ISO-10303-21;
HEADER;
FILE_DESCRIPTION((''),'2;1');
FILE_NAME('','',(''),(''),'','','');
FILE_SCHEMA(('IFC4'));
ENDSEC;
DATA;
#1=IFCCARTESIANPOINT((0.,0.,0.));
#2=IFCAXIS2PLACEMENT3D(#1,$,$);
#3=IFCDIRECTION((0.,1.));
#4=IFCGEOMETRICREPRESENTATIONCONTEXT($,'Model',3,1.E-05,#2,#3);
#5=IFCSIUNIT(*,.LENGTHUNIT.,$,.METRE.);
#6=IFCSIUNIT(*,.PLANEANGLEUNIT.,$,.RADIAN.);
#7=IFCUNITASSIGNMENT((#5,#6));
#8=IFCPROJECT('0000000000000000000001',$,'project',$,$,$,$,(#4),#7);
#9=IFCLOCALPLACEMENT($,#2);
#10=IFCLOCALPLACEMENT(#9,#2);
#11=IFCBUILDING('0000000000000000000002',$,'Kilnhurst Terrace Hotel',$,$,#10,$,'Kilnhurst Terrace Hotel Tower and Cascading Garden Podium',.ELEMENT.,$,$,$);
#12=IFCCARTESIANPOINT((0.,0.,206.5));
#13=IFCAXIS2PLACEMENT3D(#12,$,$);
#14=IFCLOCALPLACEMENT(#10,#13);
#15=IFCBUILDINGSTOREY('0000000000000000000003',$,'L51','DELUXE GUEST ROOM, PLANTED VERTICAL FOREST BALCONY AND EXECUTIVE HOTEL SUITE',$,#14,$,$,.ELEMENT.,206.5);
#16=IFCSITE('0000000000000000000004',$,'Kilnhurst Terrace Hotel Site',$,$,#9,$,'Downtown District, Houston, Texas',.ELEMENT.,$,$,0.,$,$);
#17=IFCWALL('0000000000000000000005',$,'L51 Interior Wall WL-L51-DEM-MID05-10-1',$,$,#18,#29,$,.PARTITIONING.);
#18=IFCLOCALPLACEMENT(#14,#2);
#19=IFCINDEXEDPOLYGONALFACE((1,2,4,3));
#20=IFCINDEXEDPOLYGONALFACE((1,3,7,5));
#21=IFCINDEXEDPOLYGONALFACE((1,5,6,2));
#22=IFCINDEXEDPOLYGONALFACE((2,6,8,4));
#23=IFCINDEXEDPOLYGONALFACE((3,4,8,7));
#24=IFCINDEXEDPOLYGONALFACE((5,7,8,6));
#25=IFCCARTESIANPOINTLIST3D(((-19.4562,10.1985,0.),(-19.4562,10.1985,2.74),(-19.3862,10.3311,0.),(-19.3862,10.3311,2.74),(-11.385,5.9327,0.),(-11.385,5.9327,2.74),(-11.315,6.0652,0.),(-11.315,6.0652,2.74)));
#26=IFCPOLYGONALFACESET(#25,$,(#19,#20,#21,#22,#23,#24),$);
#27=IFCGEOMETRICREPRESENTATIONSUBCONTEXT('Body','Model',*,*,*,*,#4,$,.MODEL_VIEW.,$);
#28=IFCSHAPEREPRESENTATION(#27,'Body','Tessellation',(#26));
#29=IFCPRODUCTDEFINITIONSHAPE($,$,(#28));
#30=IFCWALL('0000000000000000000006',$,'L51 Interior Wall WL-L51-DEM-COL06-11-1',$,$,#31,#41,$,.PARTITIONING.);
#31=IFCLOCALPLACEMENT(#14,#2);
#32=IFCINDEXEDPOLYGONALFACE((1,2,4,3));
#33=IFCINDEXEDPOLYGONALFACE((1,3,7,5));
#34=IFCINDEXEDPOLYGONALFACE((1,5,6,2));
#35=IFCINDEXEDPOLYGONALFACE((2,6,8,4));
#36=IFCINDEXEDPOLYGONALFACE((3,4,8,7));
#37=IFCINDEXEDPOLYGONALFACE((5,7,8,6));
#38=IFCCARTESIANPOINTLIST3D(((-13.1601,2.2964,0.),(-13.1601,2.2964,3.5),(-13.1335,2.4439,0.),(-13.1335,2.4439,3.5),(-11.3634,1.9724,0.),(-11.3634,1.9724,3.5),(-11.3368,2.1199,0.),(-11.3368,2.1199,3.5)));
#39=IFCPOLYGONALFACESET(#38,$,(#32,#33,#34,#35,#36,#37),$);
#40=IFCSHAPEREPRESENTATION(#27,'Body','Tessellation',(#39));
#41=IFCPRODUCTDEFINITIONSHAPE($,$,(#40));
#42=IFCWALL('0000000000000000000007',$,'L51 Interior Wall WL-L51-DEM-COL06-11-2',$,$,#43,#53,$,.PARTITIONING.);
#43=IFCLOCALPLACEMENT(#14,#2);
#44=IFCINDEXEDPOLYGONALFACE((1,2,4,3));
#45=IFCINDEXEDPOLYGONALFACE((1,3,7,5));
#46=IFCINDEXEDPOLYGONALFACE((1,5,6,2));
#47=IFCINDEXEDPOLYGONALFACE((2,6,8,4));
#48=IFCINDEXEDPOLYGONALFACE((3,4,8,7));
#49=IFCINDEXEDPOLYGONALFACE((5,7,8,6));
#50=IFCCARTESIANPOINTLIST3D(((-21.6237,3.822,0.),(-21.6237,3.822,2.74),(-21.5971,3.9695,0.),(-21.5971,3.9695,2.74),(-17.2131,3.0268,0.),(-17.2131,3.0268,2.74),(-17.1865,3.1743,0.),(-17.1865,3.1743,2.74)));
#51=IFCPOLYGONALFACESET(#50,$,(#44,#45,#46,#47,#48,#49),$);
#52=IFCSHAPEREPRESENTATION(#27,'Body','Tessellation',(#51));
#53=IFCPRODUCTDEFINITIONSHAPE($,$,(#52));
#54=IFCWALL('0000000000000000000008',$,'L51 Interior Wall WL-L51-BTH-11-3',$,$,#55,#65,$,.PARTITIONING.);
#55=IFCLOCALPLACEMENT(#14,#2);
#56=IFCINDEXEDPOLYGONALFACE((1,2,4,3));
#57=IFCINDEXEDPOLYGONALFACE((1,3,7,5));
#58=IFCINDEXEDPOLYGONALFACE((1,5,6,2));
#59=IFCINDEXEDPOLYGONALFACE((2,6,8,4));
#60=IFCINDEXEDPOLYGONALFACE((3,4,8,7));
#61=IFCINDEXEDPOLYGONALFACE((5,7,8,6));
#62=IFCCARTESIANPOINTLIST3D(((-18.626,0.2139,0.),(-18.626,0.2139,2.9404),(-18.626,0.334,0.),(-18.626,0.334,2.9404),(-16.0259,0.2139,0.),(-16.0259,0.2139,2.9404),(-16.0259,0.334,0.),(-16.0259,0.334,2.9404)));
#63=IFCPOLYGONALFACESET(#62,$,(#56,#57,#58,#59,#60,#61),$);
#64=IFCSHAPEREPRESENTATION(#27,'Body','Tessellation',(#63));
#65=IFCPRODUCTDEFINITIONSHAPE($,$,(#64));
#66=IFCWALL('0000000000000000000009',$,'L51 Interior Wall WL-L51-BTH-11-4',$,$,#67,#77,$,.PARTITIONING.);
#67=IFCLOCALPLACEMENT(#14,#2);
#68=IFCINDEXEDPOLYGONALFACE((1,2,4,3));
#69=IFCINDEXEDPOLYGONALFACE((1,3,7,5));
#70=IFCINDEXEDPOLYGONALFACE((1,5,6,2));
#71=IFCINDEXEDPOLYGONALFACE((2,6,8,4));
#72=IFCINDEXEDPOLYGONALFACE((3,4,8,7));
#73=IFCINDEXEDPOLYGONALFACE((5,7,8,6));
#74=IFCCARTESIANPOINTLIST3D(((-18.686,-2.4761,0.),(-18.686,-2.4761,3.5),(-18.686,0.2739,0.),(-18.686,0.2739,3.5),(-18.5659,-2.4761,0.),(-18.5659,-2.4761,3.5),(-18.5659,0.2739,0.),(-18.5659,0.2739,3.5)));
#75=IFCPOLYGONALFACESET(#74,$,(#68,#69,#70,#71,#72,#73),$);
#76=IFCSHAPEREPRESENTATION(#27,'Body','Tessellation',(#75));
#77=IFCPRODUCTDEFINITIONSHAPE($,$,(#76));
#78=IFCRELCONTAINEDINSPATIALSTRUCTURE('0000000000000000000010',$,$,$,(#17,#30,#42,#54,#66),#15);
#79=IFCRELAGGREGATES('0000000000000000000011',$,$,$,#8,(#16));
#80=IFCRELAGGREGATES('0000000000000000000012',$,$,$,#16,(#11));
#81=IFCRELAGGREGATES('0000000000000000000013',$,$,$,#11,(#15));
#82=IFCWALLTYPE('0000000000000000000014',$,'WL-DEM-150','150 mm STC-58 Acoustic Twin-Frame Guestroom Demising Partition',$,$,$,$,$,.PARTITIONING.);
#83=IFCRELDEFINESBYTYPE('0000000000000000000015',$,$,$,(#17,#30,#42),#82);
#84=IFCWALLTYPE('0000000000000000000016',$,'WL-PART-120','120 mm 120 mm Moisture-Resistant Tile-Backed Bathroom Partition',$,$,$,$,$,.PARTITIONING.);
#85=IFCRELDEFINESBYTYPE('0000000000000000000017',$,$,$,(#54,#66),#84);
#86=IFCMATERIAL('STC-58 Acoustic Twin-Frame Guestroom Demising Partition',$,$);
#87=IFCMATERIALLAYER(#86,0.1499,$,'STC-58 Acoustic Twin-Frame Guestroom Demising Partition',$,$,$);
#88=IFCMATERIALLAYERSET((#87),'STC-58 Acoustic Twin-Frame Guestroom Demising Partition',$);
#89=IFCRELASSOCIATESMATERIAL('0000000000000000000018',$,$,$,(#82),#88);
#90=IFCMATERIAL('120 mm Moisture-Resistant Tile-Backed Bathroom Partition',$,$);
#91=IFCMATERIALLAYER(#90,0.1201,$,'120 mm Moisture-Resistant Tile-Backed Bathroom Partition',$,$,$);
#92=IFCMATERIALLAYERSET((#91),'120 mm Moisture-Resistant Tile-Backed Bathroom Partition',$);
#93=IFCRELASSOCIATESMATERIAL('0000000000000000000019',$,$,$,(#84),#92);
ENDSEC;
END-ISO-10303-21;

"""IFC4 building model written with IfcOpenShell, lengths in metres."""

from ifc_helpers import new_model, si_unit, direction, frame, frame_2d, origin, place, context, subcontext, project, spatial, rectangle, extrude, material, layer, layer_set, type_object, element, save


model = new_model("IFC4")

# Units and contexts
model_context = context("Model", 3, precision=1e-05, world=origin(), true_north=direction((0.0, 1.0)))
body_context = subcontext(model_context, "Body", "Model", "MODEL_VIEW")
ifc_project = project(units=[si_unit("LENGTHUNIT", "METRE"), si_unit("PLANEANGLEUNIT", "RADIAN")], contexts=[model_context])

# Site, building, storey
site_placement = place(None, origin())
site = spatial("IfcSite", under=ifc_project, at=site_placement, Name="Kilnhurst Terrace Hotel Site", LongName="Downtown District, Houston, Texas", CompositionType="ELEMENT", RefElevation=0.0)
building_placement = place(site_placement, origin())
building = spatial("IfcBuilding", under=site, at=building_placement, Name="Kilnhurst Terrace Hotel", LongName="Kilnhurst Terrace Hotel Tower and Cascading Garden Podium", CompositionType="ELEMENT")
storey_placement = place(building_placement, frame((0.0, 0.0, 206.5)))
storey = spatial("IfcBuildingStorey", under=building, at=storey_placement, Name="L51", Description="DELUXE GUEST ROOM, PLANTED VERTICAL FOREST BALCONY AND EXECUTIVE HOTEL SUITE", CompositionType="ELEMENT", Elevation=206.5)

# Walls
ifc_material_1 = material(Name="STC-58 Acoustic Twin-Frame Guestroom Demising Partition")
ifc_layer_1 = layer(ifc_material_1, 0.1499, Name="STC-58 Acoustic Twin-Frame Guestroom Demising Partition")
ifc_layer_set_1 = layer_set([ifc_layer_1], Name="STC-58 Acoustic Twin-Frame Guestroom Demising Partition")
wall_type_1 = type_object("IfcWallType", Name="WL-DEM-150", Description="150 mm STC-58 Acoustic Twin-Frame Guestroom Demising Partition", PredefinedType="PARTITIONING", material=ifc_layer_set_1)
wall_1_placement = place(storey_placement, frame((-11.3501, 5.999, 0.0), z_axis=(0.0, 0.0, 1.0), x_axis=(-0.884112, 0.467274, 0.0)))
element("IfcWall", 1, at=wall_1_placement, inside=storey, type_object=wall_type_1, Name="L51 Interior Wall WL-L51-DEM-MID05-10-1", PredefinedType="PARTITIONING", context=body_context, shape_type="SweptSolid", body=[
    extrude(rectangle(XDim=9.1292, YDim=0.1499, at=frame_2d((4.5645, 0.0))), origin(), (0.0, 0.0, 1.0), 2.74),
])
wall_2_placement = place(storey_placement, frame((-11.3501, 2.0461, 0.0), z_axis=(0.0, 0.0, 1.0), x_axis=(-0.984128, 0.177461, 0.0)))
element("IfcWall", 2, at=wall_2_placement, inside=storey, type_object=wall_type_1, Name="L51 Interior Wall WL-L51-DEM-COL06-11-1", PredefinedType="PARTITIONING", context=body_context, shape_type="SweptSolid", body=[
    extrude(rectangle(XDim=1.8257, YDim=0.1499, at=frame_2d((0.9128, 0.0))), origin(), (0.0, 0.0, 1.0), 3.5),
])
wall_3_placement = place(storey_placement, frame((-17.2, 3.1006, 0.0), z_axis=(0.0, 0.0, 1.0), x_axis=(-0.984135, 0.177423, 0.0)))
element("IfcWall", 3, at=wall_3_placement, inside=storey, type_object=wall_type_1, Name="L51 Interior Wall WL-L51-DEM-COL06-11-2", PredefinedType="PARTITIONING", context=body_context, shape_type="SweptSolid", body=[
    extrude(rectangle(XDim=4.4817, YDim=0.1499, at=frame_2d((2.2407, 0.0))), origin(), (0.0, 0.0, 1.0), 2.74),
])
ifc_material_2 = material(Name="120 mm Moisture-Resistant Tile-Backed Bathroom Partition")
ifc_layer_2 = layer(ifc_material_2, 0.1201, Name="120 mm Moisture-Resistant Tile-Backed Bathroom Partition")
ifc_layer_set_2 = layer_set([ifc_layer_2], Name="120 mm Moisture-Resistant Tile-Backed Bathroom Partition")
wall_type_2 = type_object("IfcWallType", Name="WL-PART-120", Description="120 mm 120 mm Moisture-Resistant Tile-Backed Bathroom Partition", PredefinedType="PARTITIONING", material=ifc_layer_set_2)
wall_4_placement = place(storey_placement, frame((-16.0259, 0.2739, 0.0), z_axis=(0.0, 0.0, 1.0), x_axis=(-1.0, 0.0, 0.0)))
element("IfcWall", 4, at=wall_4_placement, inside=storey, type_object=wall_type_2, Name="L51 Interior Wall WL-L51-BTH-11-3", PredefinedType="PARTITIONING", context=body_context, shape_type="SweptSolid", body=[
    extrude(rectangle(XDim=2.6001, YDim=0.1201, at=frame_2d((1.3, 0.0))), origin(), (0.0, 0.0, 1.0), 2.9404),
])
wall_5_placement = place(storey_placement, frame((-18.626, 0.2739, 0.0), z_axis=(0.0, 0.0, 1.0), x_axis=(0.0, -1.0, 0.0)))
element("IfcWall", 5, at=wall_5_placement, inside=storey, type_object=wall_type_2, Name="L51 Interior Wall WL-L51-BTH-11-4", PredefinedType="PARTITIONING", context=body_context, shape_type="SweptSolid", body=[
    extrude(rectangle(XDim=2.75, YDim=0.1201, at=frame_2d((1.375, 0.0))), origin(), (0.0, 0.0, 1.0), 3.5),
])

save(model, "model.ifc")
